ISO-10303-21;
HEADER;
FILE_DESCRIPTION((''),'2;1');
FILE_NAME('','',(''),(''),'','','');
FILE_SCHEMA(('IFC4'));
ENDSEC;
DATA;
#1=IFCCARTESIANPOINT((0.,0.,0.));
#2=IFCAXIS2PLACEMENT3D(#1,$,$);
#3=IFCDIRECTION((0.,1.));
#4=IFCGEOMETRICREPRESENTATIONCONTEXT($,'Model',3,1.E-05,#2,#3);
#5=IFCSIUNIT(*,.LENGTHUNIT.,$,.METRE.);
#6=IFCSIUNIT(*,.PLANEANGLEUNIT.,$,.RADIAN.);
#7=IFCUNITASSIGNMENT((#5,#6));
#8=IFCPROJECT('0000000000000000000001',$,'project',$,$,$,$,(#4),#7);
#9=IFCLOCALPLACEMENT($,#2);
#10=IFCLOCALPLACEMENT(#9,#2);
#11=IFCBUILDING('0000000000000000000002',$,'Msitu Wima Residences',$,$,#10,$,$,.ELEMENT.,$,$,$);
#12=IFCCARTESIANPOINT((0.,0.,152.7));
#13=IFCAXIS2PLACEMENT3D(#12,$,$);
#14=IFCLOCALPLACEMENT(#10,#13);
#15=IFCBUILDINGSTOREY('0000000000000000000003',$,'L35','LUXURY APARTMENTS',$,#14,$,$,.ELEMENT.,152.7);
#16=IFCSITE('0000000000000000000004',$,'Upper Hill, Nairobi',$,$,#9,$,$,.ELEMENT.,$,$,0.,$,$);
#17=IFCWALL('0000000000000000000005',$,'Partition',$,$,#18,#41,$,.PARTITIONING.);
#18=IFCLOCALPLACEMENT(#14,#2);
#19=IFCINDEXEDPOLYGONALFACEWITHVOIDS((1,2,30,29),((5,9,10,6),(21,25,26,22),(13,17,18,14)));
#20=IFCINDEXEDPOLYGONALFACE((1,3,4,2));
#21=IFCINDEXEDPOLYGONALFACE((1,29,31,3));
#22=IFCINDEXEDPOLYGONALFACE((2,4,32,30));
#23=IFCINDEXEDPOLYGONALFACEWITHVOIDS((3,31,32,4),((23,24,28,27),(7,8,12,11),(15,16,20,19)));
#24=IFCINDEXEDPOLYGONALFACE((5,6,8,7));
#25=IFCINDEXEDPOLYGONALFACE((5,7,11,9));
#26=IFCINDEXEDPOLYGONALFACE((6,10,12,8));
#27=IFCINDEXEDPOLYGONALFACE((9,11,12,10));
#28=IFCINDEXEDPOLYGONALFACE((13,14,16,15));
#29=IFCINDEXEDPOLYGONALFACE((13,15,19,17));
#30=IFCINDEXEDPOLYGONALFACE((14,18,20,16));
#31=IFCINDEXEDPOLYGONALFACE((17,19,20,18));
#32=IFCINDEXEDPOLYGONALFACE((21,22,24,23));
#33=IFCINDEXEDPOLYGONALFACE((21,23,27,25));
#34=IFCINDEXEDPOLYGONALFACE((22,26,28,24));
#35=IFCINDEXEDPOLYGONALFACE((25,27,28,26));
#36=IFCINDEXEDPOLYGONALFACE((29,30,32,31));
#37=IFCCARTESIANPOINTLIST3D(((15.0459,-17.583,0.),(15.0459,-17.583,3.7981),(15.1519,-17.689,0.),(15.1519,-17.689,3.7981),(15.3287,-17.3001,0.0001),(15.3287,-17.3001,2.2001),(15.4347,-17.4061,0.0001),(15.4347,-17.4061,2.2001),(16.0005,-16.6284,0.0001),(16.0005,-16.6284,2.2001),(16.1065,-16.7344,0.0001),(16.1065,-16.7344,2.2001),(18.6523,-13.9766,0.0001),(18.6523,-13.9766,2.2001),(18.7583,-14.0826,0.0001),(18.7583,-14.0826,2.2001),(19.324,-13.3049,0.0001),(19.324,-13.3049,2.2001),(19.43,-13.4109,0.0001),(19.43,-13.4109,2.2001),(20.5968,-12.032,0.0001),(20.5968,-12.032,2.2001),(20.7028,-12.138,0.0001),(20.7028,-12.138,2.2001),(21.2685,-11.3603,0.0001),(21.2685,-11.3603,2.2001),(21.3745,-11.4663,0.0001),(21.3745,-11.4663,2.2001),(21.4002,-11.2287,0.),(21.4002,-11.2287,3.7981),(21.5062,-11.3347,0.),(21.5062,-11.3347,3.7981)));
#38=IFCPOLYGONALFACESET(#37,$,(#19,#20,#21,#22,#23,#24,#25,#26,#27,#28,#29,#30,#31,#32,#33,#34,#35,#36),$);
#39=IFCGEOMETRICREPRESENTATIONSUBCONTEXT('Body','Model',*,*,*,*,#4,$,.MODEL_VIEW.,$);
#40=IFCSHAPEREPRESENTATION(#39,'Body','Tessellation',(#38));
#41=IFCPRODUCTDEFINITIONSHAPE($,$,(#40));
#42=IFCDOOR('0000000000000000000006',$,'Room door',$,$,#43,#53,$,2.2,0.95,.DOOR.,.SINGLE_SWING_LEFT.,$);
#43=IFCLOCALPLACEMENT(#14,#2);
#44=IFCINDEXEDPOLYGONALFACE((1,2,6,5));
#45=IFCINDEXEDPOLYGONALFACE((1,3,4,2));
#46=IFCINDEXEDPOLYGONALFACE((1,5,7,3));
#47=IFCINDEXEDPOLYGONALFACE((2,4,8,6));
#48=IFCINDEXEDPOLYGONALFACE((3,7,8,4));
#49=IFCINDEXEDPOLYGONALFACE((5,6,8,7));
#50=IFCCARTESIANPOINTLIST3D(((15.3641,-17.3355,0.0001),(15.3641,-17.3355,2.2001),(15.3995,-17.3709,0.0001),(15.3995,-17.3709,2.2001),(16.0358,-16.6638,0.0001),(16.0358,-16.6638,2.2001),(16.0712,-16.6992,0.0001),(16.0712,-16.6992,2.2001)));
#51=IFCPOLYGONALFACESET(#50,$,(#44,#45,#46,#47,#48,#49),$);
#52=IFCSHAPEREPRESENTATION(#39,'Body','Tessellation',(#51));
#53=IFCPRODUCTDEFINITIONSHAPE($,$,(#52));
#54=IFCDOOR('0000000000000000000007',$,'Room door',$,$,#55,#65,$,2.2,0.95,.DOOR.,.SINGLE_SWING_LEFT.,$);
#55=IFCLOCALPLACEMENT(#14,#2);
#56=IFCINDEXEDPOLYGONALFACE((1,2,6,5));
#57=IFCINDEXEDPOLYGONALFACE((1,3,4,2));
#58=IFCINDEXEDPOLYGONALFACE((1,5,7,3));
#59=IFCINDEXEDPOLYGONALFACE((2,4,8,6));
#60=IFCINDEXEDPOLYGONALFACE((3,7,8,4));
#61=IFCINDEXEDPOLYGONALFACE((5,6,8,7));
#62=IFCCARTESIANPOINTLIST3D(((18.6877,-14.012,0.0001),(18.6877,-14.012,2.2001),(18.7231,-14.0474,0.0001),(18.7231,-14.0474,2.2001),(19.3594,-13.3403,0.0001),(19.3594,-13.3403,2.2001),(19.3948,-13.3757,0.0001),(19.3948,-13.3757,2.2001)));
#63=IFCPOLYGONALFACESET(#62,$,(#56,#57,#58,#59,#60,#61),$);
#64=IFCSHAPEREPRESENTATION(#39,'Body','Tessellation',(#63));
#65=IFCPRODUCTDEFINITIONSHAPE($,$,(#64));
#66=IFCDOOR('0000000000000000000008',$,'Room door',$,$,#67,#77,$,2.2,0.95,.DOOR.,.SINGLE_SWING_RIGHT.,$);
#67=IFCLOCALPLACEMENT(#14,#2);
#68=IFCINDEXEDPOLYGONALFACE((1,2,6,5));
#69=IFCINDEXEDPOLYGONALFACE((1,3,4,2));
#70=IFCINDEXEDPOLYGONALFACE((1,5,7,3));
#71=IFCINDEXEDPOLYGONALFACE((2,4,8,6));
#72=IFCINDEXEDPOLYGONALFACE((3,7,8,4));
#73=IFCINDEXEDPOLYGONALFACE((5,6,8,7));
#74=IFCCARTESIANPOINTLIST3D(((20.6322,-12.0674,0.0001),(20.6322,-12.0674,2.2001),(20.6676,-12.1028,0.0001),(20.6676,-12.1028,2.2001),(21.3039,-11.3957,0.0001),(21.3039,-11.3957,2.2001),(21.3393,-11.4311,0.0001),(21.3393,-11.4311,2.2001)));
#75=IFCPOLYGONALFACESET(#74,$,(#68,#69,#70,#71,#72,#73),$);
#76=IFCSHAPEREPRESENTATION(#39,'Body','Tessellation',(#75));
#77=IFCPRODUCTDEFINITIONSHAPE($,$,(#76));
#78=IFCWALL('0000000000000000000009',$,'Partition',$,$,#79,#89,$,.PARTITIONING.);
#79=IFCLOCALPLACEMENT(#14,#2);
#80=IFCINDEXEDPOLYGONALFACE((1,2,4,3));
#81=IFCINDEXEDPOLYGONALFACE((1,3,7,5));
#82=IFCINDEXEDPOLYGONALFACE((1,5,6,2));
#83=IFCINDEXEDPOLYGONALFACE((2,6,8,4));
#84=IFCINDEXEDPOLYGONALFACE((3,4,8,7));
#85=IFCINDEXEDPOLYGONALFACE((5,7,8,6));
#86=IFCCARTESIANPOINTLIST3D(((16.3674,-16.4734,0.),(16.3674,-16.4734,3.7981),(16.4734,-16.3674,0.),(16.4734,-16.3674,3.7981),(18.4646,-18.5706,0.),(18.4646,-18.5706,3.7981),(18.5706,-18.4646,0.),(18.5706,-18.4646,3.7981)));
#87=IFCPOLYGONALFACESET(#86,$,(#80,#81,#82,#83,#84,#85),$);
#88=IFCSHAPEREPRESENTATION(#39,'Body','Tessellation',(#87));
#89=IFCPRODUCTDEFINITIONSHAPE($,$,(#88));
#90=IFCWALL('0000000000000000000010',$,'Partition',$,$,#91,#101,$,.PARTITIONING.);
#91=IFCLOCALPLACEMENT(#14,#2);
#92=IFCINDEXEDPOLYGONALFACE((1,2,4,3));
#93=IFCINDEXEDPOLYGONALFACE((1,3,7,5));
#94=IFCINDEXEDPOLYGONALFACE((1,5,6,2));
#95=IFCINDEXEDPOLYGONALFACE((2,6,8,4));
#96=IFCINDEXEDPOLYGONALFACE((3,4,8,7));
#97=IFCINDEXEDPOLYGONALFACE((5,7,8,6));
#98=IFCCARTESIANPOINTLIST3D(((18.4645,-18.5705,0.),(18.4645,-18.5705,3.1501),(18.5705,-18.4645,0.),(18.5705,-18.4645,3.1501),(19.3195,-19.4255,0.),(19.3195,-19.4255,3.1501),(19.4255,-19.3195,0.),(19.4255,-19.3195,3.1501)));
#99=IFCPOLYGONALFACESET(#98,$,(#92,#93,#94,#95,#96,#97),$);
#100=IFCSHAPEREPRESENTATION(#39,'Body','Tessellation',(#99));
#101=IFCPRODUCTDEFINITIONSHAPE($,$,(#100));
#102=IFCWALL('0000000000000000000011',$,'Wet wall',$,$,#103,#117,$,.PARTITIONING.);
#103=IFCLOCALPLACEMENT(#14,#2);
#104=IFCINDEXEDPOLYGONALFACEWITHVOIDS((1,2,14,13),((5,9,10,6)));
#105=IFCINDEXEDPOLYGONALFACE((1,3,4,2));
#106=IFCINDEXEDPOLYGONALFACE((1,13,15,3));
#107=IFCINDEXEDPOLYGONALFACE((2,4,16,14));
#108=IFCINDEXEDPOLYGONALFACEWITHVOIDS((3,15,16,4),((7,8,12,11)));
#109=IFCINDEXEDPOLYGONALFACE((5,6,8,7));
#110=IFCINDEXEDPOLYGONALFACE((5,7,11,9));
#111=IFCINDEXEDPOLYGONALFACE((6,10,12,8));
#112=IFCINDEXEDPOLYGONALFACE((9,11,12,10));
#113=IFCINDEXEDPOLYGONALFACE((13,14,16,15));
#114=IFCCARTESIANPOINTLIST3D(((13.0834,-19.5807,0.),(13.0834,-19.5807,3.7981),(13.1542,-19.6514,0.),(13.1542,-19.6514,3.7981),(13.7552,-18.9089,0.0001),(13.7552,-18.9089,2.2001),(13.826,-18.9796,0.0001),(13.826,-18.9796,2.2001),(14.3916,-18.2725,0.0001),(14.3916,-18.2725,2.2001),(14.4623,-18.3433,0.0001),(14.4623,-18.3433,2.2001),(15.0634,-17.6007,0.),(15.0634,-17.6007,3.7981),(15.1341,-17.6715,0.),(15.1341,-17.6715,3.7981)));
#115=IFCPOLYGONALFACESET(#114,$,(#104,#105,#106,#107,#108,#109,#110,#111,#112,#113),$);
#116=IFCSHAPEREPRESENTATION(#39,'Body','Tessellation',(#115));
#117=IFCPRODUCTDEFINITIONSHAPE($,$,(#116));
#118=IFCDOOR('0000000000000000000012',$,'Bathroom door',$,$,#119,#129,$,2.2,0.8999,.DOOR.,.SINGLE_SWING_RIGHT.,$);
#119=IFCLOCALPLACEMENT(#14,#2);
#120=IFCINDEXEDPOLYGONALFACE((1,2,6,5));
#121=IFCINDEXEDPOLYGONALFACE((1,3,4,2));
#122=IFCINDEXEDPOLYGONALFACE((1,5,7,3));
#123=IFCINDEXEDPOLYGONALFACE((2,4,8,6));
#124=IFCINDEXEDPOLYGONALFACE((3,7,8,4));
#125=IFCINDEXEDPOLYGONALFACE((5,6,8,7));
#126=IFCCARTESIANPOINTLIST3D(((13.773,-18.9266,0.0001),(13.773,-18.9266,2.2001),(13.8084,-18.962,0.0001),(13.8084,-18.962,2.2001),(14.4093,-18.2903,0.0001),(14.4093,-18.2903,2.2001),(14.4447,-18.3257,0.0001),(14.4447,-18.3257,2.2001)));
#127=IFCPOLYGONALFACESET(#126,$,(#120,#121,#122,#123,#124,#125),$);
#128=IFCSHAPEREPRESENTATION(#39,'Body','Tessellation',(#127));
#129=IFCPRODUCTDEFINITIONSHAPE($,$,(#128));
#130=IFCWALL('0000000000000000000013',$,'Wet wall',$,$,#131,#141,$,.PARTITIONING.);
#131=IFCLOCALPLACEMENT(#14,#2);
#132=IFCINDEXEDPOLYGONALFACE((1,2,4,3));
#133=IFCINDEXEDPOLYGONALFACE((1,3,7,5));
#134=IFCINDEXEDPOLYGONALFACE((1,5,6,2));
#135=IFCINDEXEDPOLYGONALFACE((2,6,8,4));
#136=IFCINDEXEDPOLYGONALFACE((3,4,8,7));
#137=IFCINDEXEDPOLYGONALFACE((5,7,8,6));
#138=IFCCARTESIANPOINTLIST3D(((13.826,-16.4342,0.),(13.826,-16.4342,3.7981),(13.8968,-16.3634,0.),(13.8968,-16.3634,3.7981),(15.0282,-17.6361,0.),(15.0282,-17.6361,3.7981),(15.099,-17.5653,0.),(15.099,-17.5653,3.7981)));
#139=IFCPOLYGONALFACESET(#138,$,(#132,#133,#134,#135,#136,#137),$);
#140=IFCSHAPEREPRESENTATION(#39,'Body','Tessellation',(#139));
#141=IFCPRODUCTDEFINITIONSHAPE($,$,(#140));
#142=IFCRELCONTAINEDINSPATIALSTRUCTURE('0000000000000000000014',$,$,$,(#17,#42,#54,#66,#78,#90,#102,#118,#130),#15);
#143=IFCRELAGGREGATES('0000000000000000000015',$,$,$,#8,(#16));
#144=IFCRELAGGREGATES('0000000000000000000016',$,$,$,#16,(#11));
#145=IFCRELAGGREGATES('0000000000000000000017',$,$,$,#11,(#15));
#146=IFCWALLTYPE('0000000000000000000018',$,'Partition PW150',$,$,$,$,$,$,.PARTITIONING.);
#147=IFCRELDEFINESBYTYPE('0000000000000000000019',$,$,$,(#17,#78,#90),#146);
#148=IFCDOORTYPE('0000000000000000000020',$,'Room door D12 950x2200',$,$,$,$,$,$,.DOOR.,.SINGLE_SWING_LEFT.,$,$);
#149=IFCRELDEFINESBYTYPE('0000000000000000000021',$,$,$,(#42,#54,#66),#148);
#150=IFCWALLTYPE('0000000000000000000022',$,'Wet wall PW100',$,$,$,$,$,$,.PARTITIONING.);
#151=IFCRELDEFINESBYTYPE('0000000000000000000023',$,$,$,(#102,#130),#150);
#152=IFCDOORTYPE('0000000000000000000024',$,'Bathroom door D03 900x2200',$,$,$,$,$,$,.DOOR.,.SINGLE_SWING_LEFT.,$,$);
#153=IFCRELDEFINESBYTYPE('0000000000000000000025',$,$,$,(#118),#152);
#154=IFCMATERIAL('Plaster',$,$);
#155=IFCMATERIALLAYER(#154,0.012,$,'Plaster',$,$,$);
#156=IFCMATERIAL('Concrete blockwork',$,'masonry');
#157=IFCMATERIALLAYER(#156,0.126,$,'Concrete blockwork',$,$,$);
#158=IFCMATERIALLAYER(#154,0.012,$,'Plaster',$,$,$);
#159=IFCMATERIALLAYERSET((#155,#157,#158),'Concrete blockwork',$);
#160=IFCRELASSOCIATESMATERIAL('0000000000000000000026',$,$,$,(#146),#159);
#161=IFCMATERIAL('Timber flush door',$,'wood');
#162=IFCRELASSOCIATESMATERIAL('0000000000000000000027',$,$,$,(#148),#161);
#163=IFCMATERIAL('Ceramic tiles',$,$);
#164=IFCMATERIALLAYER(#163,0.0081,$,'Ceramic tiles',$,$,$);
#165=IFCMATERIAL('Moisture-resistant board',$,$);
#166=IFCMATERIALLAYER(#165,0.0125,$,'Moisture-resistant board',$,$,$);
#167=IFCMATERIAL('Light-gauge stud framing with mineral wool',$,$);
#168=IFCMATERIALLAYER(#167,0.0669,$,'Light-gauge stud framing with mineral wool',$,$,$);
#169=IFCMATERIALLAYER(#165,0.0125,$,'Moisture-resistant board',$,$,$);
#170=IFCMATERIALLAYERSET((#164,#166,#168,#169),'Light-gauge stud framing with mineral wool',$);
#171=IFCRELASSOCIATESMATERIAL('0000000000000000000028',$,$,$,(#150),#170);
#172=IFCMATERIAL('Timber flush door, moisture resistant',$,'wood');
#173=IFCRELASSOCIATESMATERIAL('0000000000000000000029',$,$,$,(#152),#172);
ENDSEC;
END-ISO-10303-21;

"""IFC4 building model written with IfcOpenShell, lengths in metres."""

from ifc_helpers import new_model, si_unit, direction, frame, frame_2d, origin, place, context, subcontext, project, spatial, rectangle, extrude, material, layer, layer_set, type_object, element, fill, save


model = new_model("IFC4")

# Units and contexts
model_context = context("Model", 3, precision=1e-05, world=origin(), true_north=direction((0.0, 1.0)))
body_context = subcontext(model_context, "Body", "Model", "MODEL_VIEW")
ifc_project = project(units=[si_unit("LENGTHUNIT", "METRE"), si_unit("PLANEANGLEUNIT", "RADIAN")], contexts=[model_context])

# Site, building, storey
site_placement = place(None, origin())
site = spatial("IfcSite", under=ifc_project, at=site_placement, Name="Upper Hill, Nairobi", CompositionType="ELEMENT", RefElevation=0.0)
building_placement = place(site_placement, origin())
building = spatial("IfcBuilding", under=site, at=building_placement, Name="Msitu Wima Residences", CompositionType="ELEMENT")
storey_placement = place(building_placement, frame((0.0, 0.0, 152.7)))
storey = spatial("IfcBuildingStorey", under=building, at=storey_placement, Name="L35", Description="LUXURY APARTMENTS", CompositionType="ELEMENT", Elevation=152.7)

# Shared definitions
ifc_material_1 = material(Name="Plaster")
ifc_material_2 = material(Name="Concrete blockwork", Category="masonry")

# Shared definitions
ifc_layer_1 = layer(ifc_material_1, 0.012, Name="Plaster")
ifc_layer_2 = layer(ifc_material_2, 0.126, Name="Concrete blockwork")
ifc_layer_3 = layer(ifc_material_1, 0.012, Name="Plaster")
ifc_layer_set_1 = layer_set([ifc_layer_1, ifc_layer_2, ifc_layer_3], Name="Concrete blockwork")
wall_type_1 = type_object("IfcWallType", Name="Partition PW150", PredefinedType="PARTITIONING", material=ifc_layer_set_1)

# Wall, openings, doors
wall_1_placement = place(storey_placement, frame((15.0989, -17.636, 0.0), z_axis=(0.0, 0.0, 1.0), x_axis=(0.707107, 0.707107, 0.0)))
wall_1 = element("IfcWall", 1, at=wall_1_placement, inside=storey, type_object=wall_type_1, Name="Partition", PredefinedType="PARTITIONING", context=body_context, shape_type="SweptSolid", body=[
    extrude(rectangle(XDim=8.9863, YDim=0.1499, at=frame_2d((4.4932, 0.0))), origin(), (0.0, 0.0, 1.0), 3.7981),
])
opening_1_placement = place(wall_1_placement, frame((0.3999, 0.0, 0.0)))
opening_1 = element("IfcOpeningElement", 2, at=opening_1_placement, cuts=wall_1, PredefinedType="OPENING", context=body_context, shape_type="SweptSolid", body=[
    extrude(rectangle(XDim=0.95, YDim=2.2, at=frame_2d((0.4751, 1.1001))), frame((0.0, 0.085, 0.0), z_axis=(0.0, -1.0, 0.0), x_axis=(1.0, 0.0, 0.0)), (0.0, 0.0, 1.0), 0.1699),
])
opening_2_placement = place(wall_1_placement, frame((5.1001, 0.0, 0.0)))
opening_2 = element("IfcOpeningElement", 3, at=opening_2_placement, cuts=wall_1, PredefinedType="OPENING", context=body_context, shape_type="SweptSolid", body=[
    extrude(rectangle(XDim=0.95, YDim=2.2, at=frame_2d((0.4751, 1.1001))), frame((0.0, 0.085, 0.0), z_axis=(0.0, -1.0, 0.0), x_axis=(1.0, 0.0, 0.0)), (0.0, 0.0, 1.0), 0.1699),
])
opening_3_placement = place(wall_1_placement, frame((7.8501, 0.0, 0.0)))
opening_3 = element("IfcOpeningElement", 4, at=opening_3_placement, cuts=wall_1, PredefinedType="OPENING", context=body_context, shape_type="SweptSolid", body=[
    extrude(rectangle(XDim=0.95, YDim=2.2, at=frame_2d((0.4751, 1.1001))), frame((0.0, 0.085, 0.0), z_axis=(0.0, -1.0, 0.0), x_axis=(1.0, 0.0, 0.0)), (0.0, 0.0, 1.0), 0.1699),
])
ifc_material_3 = material(Name="Timber flush door", Category="wood")
door_type_1 = type_object("IfcDoorType", Name="Room door D12 950x2200", OperationType="SINGLE_SWING_LEFT", PredefinedType="DOOR", material=ifc_material_3)
door_1_placement = place(opening_1_placement, origin())
door_1 = element("IfcDoor", 5, at=door_1_placement, inside=storey, type_object=door_type_1, Name="Room door", OperationType="SINGLE_SWING_LEFT", OverallHeight=2.2, OverallWidth=0.95, PredefinedType="DOOR", context=body_context, shape_type="SweptSolid", body=[
    extrude(rectangle(XDim=0.95, YDim=2.2, at=frame_2d((0.4751, 1.1001))), frame((0.0, 0.0249, 0.0), z_axis=(0.0, -1.0, 0.0), x_axis=(1.0, 0.0, 0.0)), (0.0, 0.0, 1.0), 0.05),
])
fill(opening_1, door_1)
door_2_placement = place(opening_2_placement, origin())
door_2 = element("IfcDoor", 6, at=door_2_placement, inside=storey, type_object=door_type_1, Name="Room door", OperationType="SINGLE_SWING_LEFT", OverallHeight=2.2, OverallWidth=0.95, PredefinedType="DOOR", context=body_context, shape_type="SweptSolid", body=[
    extrude(rectangle(XDim=0.95, YDim=2.2, at=frame_2d((0.4751, 1.1001))), frame((0.0, 0.0249, 0.0), z_axis=(0.0, -1.0, 0.0), x_axis=(1.0, 0.0, 0.0)), (0.0, 0.0, 1.0), 0.05),
])
fill(opening_2, door_2)
door_3_placement = place(opening_3_placement, origin())
door_3 = element("IfcDoor", 7, at=door_3_placement, inside=storey, type_object=door_type_1, Name="Room door", OperationType="SINGLE_SWING_RIGHT", OverallHeight=2.2, OverallWidth=0.95, PredefinedType="DOOR", context=body_context, shape_type="SweptSolid", body=[
    extrude(rectangle(XDim=0.95, YDim=2.2, at=frame_2d((0.4751, 1.1001))), frame((0.0, 0.0249, 0.0), z_axis=(0.0, -1.0, 0.0), x_axis=(1.0, 0.0, 0.0)), (0.0, 0.0, 1.0), 0.05),
])
fill(opening_3, door_3)

# Walls
wall_2_placement = place(storey_placement, frame((16.4204, -16.4204, 0.0), z_axis=(0.0, 0.0, 1.0), x_axis=(0.707107, -0.707107, 0.0)))
element("IfcWall", 8, at=wall_2_placement, inside=storey, type_object=wall_type_1, Name="Partition", PredefinedType="PARTITIONING", context=body_context, shape_type="SweptSolid", body=[
    extrude(rectangle(XDim=2.9658, YDim=0.1499, at=frame_2d((1.4829, 0.0))), origin(), (0.0, 0.0, 1.0), 3.7981),
])
wall_3_placement = place(storey_placement, frame((18.5176, -18.5176, 0.0), z_axis=(0.0, 0.0, 1.0), x_axis=(0.707107, -0.707107, 0.0)))
element("IfcWall", 9, at=wall_3_placement, inside=storey, type_object=wall_type_1, Name="Partition", PredefinedType="PARTITIONING", context=body_context, shape_type="SweptSolid", body=[
    extrude(rectangle(XDim=1.2092, YDim=0.1499, at=frame_2d((0.6045, 0.0))), origin(), (0.0, 0.0, 1.0), 3.1501),
])

# Wall, opening, door
ifc_material_4 = material(Name="Ceramic tiles")
ifc_layer_4 = layer(ifc_material_4, 0.0081, Name="Ceramic tiles")
ifc_material_5 = material(Name="Moisture-resistant board")
ifc_layer_5 = layer(ifc_material_5, 0.0125, Name="Moisture-resistant board")
ifc_material_6 = material(Name="Light-gauge stud framing with mineral wool")
ifc_layer_6 = layer(ifc_material_6, 0.0669, Name="Light-gauge stud framing with mineral wool")
ifc_layer_7 = layer(ifc_material_5, 0.0125, Name="Moisture-resistant board")
ifc_layer_set_2 = layer_set([ifc_layer_4, ifc_layer_5, ifc_layer_6, ifc_layer_7], Name="Light-gauge stud framing with mineral wool")
wall_type_2 = type_object("IfcWallType", Name="Wet wall PW100", PredefinedType="PARTITIONING", material=ifc_layer_set_2)
wall_4_placement = place(storey_placement, frame((13.1189, -19.616, 0.0), z_axis=(0.0, 0.0, 1.0), x_axis=(0.707107, 0.707107, 0.0)))
wall_4 = element("IfcWall", 10, at=wall_4_placement, inside=storey, type_object=wall_type_2, Name="Wet wall", PredefinedType="PARTITIONING", context=body_context, shape_type="SweptSolid", body=[
    extrude(rectangle(XDim=2.8, YDim=0.1001, at=frame_2d((1.3999, 0.0))), origin(), (0.0, 0.0, 1.0), 3.7981),
])
opening_4_placement = place(wall_4_placement, frame((0.95, 0.0, 0.0)))
opening_4 = element("IfcOpeningElement", 11, at=opening_4_placement, cuts=wall_4, PredefinedType="OPENING", context=body_context, shape_type="SweptSolid", body=[
    extrude(rectangle(XDim=0.8999, YDim=2.2, at=frame_2d((0.45, 1.1001))), frame((0.0, 0.0601, 0.0), z_axis=(0.0, -1.0, 0.0), x_axis=(1.0, 0.0, 0.0)), (0.0, 0.0, 1.0), 0.1201),
])
ifc_material_7 = material(Name="Timber flush door, moisture resistant", Category="wood")
door_type_2 = type_object("IfcDoorType", Name="Bathroom door D03 900x2200", OperationType="SINGLE_SWING_LEFT", PredefinedType="DOOR", material=ifc_material_7)
door_4_placement = place(opening_4_placement, origin())
door_4 = element("IfcDoor", 12, at=door_4_placement, inside=storey, type_object=door_type_2, Name="Bathroom door", OperationType="SINGLE_SWING_RIGHT", OverallHeight=2.2, OverallWidth=0.8999, PredefinedType="DOOR", context=body_context, shape_type="SweptSolid", body=[
    extrude(rectangle(XDim=0.8999, YDim=2.2, at=frame_2d((0.45, 1.1001))), frame((0.0, 0.0249, 0.0), z_axis=(0.0, -1.0, 0.0), x_axis=(1.0, 0.0, 0.0)), (0.0, 0.0, 1.0), 0.05),
])
fill(opening_4, door_4)

# Wall
wall_5_placement = place(storey_placement, frame((13.8613, -16.3987, 0.0), z_axis=(0.0, 0.0, 1.0), x_axis=(0.707179, -0.707035, 0.0)))
element("IfcWall", 13, at=wall_5_placement, inside=storey, type_object=wall_type_2, Name="Wet wall", PredefinedType="PARTITIONING", context=body_context, shape_type="SweptSolid", body=[
    extrude(rectangle(XDim=1.7, YDim=0.1001, at=frame_2d((0.8501, 0.0))), origin(), (0.0, 0.0, 1.0), 3.7981),
])

save(model, "model.ifc")
